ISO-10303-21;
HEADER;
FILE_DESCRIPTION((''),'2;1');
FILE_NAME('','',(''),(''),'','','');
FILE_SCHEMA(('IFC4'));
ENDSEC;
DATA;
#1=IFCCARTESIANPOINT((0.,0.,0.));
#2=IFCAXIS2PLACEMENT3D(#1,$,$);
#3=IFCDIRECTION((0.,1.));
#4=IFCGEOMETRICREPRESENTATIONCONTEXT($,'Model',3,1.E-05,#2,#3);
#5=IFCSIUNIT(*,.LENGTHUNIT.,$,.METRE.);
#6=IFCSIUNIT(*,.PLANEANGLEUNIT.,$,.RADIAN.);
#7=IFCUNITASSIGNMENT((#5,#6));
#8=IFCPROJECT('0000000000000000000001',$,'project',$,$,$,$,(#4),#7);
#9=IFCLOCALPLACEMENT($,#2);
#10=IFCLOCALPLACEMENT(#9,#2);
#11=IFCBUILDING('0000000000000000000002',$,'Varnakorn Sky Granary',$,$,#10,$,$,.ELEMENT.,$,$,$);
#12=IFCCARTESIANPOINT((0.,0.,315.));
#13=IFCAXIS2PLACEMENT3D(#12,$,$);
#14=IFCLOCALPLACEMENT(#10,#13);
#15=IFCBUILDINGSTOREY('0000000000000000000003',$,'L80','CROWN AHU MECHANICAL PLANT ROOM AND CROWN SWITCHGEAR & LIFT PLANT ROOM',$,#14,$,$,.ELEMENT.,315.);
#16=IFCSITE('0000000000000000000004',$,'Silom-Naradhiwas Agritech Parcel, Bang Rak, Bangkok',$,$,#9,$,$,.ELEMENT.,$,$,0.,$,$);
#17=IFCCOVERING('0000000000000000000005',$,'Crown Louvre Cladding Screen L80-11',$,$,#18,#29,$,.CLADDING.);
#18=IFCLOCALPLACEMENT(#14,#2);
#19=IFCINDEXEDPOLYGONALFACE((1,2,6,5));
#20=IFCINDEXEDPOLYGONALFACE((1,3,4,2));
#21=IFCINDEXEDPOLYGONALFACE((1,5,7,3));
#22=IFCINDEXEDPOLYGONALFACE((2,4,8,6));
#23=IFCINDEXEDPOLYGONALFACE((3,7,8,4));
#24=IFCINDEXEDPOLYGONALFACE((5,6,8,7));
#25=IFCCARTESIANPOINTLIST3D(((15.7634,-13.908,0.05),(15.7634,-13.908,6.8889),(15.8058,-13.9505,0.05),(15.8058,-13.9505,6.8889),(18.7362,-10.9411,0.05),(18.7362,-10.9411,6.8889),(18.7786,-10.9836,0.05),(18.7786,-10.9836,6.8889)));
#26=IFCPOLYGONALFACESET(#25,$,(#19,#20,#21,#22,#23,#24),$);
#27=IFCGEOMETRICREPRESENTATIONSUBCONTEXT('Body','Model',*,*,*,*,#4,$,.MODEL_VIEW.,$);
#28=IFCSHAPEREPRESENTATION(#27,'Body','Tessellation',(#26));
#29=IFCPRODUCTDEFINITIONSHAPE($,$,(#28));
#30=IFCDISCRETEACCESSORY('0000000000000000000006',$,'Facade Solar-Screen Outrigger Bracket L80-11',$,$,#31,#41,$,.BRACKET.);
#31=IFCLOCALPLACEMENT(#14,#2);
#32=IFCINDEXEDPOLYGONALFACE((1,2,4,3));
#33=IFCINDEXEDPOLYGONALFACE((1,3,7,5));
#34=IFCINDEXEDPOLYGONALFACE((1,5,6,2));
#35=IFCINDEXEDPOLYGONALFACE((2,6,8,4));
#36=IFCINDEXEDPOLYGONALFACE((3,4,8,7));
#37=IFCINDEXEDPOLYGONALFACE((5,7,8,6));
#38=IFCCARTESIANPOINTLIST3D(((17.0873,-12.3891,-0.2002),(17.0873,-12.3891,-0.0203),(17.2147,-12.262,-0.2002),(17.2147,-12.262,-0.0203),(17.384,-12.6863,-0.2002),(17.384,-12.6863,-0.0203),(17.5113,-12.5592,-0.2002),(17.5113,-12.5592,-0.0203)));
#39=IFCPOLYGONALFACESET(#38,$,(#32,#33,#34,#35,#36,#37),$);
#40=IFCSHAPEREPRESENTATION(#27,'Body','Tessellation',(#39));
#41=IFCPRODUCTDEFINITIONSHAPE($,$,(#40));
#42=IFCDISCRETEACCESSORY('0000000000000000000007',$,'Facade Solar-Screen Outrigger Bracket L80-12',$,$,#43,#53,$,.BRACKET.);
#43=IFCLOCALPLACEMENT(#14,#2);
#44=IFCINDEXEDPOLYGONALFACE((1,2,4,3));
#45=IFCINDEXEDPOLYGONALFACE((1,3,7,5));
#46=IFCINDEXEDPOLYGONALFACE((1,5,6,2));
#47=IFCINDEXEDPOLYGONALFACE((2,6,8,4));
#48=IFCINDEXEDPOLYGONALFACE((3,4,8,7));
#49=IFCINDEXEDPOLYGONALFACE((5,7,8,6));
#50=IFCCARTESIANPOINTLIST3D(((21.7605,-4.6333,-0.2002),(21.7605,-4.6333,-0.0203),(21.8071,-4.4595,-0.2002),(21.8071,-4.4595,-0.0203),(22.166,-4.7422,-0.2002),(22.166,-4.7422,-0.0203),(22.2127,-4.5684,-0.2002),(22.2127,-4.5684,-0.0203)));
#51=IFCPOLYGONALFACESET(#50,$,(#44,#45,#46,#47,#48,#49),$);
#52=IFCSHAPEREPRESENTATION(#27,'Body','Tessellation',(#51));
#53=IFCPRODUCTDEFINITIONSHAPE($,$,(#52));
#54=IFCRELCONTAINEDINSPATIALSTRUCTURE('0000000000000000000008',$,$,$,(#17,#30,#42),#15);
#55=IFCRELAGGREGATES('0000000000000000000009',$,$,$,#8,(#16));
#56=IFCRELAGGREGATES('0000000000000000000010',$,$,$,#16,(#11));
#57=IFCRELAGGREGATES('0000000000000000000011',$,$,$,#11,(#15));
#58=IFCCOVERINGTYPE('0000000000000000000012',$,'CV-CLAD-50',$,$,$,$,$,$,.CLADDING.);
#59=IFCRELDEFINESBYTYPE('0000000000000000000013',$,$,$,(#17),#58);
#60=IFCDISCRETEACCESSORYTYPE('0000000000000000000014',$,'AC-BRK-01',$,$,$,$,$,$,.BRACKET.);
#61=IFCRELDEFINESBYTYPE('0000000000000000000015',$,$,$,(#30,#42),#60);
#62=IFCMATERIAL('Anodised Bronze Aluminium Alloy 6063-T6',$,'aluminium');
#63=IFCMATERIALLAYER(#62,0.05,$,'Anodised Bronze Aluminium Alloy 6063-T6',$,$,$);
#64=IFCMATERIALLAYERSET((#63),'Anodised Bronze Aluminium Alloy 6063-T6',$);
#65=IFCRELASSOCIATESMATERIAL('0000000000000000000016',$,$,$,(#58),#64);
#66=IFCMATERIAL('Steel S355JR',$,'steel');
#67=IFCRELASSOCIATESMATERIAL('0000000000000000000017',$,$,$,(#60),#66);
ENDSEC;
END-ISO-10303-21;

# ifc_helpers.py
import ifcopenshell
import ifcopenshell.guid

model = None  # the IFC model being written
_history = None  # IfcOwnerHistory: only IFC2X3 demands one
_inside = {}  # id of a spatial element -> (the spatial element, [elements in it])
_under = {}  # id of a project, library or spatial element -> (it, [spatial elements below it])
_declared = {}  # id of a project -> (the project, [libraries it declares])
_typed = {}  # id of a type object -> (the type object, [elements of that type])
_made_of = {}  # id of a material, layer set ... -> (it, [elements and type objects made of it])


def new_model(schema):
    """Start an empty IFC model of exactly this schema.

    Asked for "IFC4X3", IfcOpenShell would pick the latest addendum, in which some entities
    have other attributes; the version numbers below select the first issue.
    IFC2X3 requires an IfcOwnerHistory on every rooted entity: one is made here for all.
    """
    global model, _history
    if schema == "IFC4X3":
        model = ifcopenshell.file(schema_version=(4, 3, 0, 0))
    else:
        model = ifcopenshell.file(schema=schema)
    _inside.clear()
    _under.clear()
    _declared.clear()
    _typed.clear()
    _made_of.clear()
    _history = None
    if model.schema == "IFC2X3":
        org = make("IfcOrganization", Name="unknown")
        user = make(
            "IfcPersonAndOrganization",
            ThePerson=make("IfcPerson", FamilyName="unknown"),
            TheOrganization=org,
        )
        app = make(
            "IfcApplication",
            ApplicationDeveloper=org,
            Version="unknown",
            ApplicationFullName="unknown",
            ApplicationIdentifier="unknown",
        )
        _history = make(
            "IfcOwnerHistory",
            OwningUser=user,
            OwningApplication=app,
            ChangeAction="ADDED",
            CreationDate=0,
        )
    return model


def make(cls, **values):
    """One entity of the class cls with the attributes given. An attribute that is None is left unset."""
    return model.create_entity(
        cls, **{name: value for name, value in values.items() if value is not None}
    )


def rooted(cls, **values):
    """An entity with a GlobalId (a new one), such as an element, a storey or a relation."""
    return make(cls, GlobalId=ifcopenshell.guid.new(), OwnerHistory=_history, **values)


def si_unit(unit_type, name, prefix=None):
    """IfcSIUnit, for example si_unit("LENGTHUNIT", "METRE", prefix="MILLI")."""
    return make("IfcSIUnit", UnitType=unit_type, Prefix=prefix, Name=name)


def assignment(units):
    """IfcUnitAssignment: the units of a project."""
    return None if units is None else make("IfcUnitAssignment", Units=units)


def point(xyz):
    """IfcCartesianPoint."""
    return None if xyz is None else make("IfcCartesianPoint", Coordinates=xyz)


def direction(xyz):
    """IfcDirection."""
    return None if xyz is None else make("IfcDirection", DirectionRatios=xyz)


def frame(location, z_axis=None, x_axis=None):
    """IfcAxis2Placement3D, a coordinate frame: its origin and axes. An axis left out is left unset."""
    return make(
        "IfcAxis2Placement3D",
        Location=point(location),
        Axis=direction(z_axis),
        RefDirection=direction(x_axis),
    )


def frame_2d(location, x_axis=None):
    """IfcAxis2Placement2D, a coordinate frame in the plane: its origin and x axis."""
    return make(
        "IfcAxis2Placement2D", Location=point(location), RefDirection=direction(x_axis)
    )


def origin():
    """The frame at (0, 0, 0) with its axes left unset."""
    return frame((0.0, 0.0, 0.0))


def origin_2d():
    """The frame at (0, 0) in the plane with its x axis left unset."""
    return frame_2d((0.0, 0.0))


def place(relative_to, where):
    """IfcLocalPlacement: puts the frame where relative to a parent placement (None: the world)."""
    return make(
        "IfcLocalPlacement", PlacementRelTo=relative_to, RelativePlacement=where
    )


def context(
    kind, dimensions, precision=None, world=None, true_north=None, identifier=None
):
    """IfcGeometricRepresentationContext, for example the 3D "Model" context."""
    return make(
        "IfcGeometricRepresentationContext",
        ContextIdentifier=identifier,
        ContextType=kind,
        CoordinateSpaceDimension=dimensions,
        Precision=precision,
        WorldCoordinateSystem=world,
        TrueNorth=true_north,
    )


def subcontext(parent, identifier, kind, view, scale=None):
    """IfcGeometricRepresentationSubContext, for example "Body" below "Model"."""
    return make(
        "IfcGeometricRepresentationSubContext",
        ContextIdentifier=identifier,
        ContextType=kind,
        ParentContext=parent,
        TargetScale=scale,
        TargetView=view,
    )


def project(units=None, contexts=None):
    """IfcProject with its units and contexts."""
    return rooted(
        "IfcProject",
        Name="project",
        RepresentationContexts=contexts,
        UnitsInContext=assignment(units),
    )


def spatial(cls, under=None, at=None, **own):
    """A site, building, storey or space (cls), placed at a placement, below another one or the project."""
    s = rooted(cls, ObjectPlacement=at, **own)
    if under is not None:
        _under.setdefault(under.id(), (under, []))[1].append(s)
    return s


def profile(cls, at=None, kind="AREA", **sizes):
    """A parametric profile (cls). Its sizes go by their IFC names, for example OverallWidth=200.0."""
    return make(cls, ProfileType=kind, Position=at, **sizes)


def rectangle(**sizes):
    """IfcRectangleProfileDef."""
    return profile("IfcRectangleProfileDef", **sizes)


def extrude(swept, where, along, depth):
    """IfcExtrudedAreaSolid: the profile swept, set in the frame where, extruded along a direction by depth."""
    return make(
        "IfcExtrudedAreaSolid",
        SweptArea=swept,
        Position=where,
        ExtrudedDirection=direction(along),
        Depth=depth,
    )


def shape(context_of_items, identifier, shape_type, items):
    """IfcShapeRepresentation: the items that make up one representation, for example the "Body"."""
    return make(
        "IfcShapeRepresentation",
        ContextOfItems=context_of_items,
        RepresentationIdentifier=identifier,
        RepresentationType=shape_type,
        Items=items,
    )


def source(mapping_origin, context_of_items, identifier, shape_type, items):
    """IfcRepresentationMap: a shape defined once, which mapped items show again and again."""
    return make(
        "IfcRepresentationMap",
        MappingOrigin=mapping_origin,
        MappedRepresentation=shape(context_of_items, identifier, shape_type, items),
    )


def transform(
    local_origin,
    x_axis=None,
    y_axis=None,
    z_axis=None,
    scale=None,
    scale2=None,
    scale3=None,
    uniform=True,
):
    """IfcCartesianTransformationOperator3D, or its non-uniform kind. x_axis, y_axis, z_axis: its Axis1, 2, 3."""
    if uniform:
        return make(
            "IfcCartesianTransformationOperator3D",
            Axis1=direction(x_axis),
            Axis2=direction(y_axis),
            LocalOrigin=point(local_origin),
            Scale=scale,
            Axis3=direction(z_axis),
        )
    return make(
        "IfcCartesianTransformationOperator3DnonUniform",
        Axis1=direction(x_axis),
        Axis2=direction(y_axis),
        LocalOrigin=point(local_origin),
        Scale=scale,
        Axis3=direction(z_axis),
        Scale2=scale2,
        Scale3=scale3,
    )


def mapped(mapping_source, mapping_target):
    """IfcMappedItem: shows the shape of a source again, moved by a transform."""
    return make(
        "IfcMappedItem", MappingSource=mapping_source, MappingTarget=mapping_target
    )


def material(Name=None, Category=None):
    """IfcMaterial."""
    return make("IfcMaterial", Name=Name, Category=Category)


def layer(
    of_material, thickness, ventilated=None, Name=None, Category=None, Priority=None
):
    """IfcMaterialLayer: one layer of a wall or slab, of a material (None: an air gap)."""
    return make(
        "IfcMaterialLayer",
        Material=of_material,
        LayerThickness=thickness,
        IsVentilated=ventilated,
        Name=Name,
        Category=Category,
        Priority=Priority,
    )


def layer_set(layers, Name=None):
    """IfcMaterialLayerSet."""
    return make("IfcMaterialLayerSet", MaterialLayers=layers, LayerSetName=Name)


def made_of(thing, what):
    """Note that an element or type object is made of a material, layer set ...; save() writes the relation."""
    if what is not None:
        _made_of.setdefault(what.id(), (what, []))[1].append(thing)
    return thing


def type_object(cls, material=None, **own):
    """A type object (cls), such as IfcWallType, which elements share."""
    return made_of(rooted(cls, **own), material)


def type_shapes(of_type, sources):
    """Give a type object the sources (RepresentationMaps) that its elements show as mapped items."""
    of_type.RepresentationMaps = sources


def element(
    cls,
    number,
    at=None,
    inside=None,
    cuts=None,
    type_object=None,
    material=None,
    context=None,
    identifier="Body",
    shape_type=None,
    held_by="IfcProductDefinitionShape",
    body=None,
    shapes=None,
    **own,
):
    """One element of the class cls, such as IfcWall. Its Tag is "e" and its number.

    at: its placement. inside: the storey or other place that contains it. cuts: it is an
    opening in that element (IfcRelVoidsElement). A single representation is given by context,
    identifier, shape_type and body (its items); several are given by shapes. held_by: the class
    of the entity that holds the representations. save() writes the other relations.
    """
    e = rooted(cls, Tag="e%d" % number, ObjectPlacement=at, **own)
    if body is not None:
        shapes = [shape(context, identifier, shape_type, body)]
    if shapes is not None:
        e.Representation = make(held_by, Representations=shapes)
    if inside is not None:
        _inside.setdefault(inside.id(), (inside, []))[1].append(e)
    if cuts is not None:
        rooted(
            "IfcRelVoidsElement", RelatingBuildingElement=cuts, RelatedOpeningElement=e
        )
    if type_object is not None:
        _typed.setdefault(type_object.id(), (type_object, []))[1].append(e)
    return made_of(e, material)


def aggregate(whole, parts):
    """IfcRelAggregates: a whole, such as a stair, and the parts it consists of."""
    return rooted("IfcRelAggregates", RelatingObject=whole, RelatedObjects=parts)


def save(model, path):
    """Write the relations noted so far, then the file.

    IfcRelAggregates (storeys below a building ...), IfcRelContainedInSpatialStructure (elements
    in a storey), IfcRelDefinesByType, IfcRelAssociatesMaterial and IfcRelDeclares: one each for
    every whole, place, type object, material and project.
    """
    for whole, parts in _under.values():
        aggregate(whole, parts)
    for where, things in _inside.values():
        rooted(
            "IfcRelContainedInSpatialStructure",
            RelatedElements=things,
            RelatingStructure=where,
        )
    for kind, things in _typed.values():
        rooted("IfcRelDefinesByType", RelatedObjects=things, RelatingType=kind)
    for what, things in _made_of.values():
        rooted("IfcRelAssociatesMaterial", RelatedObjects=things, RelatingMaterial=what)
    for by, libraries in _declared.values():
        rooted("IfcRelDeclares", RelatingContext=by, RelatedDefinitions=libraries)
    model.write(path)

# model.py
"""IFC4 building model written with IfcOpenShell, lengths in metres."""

from ifc_helpers import new_model, si_unit, direction, frame, origin, origin_2d, place, context, subcontext, project, spatial, rectangle, extrude, source, transform, mapped, material, layer, layer_set, type_object, type_shapes, element, save


model = new_model("IFC4")

# Units and contexts
model_context = context("Model", 3, precision=1e-05, world=origin(), true_north=direction((0.0, 1.0)))
body_context = subcontext(model_context, "Body", "Model", "MODEL_VIEW")
ifc_project = project(units=[si_unit("LENGTHUNIT", "METRE"), si_unit("PLANEANGLEUNIT", "RADIAN")], contexts=[model_context])

# Site, building, storey
site_placement = place(None, origin())
site = spatial("IfcSite", under=ifc_project, at=site_placement, Name="Silom-Naradhiwas Agritech Parcel, Bang Rak, Bangkok", CompositionType="ELEMENT", RefElevation=0.0)
building_placement = place(site_placement, origin())
building = spatial("IfcBuilding", under=site, at=building_placement, Name="Varnakorn Sky Granary", CompositionType="ELEMENT")
storey_placement = place(building_placement, frame((0.0, 0.0, 315.0)))
storey = spatial("IfcBuildingStorey", under=building, at=storey_placement, Name="L80", Description="CROWN AHU MECHANICAL PLANT ROOM AND CROWN SWITCHGEAR & LIFT PLANT ROOM", CompositionType="ELEMENT", Elevation=315.0)

# Shared definitions
ifc_material_1 = material(Name="Steel S355JR", Category="steel")

# Shared definitions
ifc_material_2 = material(Name="Anodised Bronze Aluminium Alloy 6063-T6", Category="aluminium")

# Covering
ifc_layer_1 = layer(ifc_material_2, 0.05, Name="Anodised Bronze Aluminium Alloy 6063-T6")
ifc_layer_set_1 = layer_set([ifc_layer_1], Name="Anodised Bronze Aluminium Alloy 6063-T6")
covering_type = type_object("IfcCoveringType", Name="CV-CLAD-50", PredefinedType="CLADDING", material=ifc_layer_set_1)
shared_shape_1 = source(origin(), body_context, "Body", "SweptSolid", [
    extrude(rectangle(XDim=4.2, YDim=0.0601, at=origin_2d()), origin(), (0.0, 0.0, 1.0), 6.8389),
])
covering_1_placement = place(storey_placement, frame((17.271, -12.4458, 0.05), z_axis=(0.0, 0.0, 1.0), x_axis=(0.707812, 0.706401, 0.0)))
element("IfcCovering", 1, at=covering_1_placement, inside=storey, type_object=covering_type, Name="Crown Louvre Cladding Screen L80-11", PredefinedType="CLADDING", context=body_context, shape_type="MappedRepresentation", body=[
    mapped(shared_shape_1, transform((0.0, 0.0, 0.0), x_axis=(1.0, 0.0, 0.0), y_axis=(0.0, 1.0, 0.0), z_axis=(0.0, 0.0, 1.0), scale=1.0)),
])

# Discrete accessories
discrete_accessory_type = type_object("IfcDiscreteAccessoryType", Name="AC-BRK-01", PredefinedType="BRACKET", material=ifc_material_1)
shared_shape_2 = source(origin(), body_context, "Body", "SweptSolid", [
    extrude(rectangle(XDim=0.1799, YDim=0.4199, at=origin_2d()), origin(), (0.0, 0.0, 1.0), 0.1799),
])
type_shapes(discrete_accessory_type, [shared_shape_2])
for number, where, z_axis, x_axis, name in (
    (2, (17.2993, -12.4741, -0.2002), (0.0, 0.0, 1.0), (0.707812, 0.706401, 0.0), "Facade Solar-Screen Outrigger Bracket L80-11"),
    (3, (21.9866, -4.6008, -0.2002), (0.0, 0.0, 1.0), (0.259298, 0.965797, 0.0), "Facade Solar-Screen Outrigger Bracket L80-12"),
):
    element("IfcDiscreteAccessory", number, at=place(storey_placement, frame(where, z_axis=z_axis, x_axis=x_axis)), inside=storey, type_object=discrete_accessory_type, Name=name, PredefinedType="BRACKET", context=body_context, shape_type="MappedRepresentation", body=[
        mapped(shared_shape_2, transform((0.0, 0.0, 0.0), x_axis=(1.0, 0.0, 0.0), y_axis=(0.0, 1.0, 0.0), z_axis=(0.0, 0.0, 1.0), scale=1.0)),
    ])

save(model, "model.ifc")
